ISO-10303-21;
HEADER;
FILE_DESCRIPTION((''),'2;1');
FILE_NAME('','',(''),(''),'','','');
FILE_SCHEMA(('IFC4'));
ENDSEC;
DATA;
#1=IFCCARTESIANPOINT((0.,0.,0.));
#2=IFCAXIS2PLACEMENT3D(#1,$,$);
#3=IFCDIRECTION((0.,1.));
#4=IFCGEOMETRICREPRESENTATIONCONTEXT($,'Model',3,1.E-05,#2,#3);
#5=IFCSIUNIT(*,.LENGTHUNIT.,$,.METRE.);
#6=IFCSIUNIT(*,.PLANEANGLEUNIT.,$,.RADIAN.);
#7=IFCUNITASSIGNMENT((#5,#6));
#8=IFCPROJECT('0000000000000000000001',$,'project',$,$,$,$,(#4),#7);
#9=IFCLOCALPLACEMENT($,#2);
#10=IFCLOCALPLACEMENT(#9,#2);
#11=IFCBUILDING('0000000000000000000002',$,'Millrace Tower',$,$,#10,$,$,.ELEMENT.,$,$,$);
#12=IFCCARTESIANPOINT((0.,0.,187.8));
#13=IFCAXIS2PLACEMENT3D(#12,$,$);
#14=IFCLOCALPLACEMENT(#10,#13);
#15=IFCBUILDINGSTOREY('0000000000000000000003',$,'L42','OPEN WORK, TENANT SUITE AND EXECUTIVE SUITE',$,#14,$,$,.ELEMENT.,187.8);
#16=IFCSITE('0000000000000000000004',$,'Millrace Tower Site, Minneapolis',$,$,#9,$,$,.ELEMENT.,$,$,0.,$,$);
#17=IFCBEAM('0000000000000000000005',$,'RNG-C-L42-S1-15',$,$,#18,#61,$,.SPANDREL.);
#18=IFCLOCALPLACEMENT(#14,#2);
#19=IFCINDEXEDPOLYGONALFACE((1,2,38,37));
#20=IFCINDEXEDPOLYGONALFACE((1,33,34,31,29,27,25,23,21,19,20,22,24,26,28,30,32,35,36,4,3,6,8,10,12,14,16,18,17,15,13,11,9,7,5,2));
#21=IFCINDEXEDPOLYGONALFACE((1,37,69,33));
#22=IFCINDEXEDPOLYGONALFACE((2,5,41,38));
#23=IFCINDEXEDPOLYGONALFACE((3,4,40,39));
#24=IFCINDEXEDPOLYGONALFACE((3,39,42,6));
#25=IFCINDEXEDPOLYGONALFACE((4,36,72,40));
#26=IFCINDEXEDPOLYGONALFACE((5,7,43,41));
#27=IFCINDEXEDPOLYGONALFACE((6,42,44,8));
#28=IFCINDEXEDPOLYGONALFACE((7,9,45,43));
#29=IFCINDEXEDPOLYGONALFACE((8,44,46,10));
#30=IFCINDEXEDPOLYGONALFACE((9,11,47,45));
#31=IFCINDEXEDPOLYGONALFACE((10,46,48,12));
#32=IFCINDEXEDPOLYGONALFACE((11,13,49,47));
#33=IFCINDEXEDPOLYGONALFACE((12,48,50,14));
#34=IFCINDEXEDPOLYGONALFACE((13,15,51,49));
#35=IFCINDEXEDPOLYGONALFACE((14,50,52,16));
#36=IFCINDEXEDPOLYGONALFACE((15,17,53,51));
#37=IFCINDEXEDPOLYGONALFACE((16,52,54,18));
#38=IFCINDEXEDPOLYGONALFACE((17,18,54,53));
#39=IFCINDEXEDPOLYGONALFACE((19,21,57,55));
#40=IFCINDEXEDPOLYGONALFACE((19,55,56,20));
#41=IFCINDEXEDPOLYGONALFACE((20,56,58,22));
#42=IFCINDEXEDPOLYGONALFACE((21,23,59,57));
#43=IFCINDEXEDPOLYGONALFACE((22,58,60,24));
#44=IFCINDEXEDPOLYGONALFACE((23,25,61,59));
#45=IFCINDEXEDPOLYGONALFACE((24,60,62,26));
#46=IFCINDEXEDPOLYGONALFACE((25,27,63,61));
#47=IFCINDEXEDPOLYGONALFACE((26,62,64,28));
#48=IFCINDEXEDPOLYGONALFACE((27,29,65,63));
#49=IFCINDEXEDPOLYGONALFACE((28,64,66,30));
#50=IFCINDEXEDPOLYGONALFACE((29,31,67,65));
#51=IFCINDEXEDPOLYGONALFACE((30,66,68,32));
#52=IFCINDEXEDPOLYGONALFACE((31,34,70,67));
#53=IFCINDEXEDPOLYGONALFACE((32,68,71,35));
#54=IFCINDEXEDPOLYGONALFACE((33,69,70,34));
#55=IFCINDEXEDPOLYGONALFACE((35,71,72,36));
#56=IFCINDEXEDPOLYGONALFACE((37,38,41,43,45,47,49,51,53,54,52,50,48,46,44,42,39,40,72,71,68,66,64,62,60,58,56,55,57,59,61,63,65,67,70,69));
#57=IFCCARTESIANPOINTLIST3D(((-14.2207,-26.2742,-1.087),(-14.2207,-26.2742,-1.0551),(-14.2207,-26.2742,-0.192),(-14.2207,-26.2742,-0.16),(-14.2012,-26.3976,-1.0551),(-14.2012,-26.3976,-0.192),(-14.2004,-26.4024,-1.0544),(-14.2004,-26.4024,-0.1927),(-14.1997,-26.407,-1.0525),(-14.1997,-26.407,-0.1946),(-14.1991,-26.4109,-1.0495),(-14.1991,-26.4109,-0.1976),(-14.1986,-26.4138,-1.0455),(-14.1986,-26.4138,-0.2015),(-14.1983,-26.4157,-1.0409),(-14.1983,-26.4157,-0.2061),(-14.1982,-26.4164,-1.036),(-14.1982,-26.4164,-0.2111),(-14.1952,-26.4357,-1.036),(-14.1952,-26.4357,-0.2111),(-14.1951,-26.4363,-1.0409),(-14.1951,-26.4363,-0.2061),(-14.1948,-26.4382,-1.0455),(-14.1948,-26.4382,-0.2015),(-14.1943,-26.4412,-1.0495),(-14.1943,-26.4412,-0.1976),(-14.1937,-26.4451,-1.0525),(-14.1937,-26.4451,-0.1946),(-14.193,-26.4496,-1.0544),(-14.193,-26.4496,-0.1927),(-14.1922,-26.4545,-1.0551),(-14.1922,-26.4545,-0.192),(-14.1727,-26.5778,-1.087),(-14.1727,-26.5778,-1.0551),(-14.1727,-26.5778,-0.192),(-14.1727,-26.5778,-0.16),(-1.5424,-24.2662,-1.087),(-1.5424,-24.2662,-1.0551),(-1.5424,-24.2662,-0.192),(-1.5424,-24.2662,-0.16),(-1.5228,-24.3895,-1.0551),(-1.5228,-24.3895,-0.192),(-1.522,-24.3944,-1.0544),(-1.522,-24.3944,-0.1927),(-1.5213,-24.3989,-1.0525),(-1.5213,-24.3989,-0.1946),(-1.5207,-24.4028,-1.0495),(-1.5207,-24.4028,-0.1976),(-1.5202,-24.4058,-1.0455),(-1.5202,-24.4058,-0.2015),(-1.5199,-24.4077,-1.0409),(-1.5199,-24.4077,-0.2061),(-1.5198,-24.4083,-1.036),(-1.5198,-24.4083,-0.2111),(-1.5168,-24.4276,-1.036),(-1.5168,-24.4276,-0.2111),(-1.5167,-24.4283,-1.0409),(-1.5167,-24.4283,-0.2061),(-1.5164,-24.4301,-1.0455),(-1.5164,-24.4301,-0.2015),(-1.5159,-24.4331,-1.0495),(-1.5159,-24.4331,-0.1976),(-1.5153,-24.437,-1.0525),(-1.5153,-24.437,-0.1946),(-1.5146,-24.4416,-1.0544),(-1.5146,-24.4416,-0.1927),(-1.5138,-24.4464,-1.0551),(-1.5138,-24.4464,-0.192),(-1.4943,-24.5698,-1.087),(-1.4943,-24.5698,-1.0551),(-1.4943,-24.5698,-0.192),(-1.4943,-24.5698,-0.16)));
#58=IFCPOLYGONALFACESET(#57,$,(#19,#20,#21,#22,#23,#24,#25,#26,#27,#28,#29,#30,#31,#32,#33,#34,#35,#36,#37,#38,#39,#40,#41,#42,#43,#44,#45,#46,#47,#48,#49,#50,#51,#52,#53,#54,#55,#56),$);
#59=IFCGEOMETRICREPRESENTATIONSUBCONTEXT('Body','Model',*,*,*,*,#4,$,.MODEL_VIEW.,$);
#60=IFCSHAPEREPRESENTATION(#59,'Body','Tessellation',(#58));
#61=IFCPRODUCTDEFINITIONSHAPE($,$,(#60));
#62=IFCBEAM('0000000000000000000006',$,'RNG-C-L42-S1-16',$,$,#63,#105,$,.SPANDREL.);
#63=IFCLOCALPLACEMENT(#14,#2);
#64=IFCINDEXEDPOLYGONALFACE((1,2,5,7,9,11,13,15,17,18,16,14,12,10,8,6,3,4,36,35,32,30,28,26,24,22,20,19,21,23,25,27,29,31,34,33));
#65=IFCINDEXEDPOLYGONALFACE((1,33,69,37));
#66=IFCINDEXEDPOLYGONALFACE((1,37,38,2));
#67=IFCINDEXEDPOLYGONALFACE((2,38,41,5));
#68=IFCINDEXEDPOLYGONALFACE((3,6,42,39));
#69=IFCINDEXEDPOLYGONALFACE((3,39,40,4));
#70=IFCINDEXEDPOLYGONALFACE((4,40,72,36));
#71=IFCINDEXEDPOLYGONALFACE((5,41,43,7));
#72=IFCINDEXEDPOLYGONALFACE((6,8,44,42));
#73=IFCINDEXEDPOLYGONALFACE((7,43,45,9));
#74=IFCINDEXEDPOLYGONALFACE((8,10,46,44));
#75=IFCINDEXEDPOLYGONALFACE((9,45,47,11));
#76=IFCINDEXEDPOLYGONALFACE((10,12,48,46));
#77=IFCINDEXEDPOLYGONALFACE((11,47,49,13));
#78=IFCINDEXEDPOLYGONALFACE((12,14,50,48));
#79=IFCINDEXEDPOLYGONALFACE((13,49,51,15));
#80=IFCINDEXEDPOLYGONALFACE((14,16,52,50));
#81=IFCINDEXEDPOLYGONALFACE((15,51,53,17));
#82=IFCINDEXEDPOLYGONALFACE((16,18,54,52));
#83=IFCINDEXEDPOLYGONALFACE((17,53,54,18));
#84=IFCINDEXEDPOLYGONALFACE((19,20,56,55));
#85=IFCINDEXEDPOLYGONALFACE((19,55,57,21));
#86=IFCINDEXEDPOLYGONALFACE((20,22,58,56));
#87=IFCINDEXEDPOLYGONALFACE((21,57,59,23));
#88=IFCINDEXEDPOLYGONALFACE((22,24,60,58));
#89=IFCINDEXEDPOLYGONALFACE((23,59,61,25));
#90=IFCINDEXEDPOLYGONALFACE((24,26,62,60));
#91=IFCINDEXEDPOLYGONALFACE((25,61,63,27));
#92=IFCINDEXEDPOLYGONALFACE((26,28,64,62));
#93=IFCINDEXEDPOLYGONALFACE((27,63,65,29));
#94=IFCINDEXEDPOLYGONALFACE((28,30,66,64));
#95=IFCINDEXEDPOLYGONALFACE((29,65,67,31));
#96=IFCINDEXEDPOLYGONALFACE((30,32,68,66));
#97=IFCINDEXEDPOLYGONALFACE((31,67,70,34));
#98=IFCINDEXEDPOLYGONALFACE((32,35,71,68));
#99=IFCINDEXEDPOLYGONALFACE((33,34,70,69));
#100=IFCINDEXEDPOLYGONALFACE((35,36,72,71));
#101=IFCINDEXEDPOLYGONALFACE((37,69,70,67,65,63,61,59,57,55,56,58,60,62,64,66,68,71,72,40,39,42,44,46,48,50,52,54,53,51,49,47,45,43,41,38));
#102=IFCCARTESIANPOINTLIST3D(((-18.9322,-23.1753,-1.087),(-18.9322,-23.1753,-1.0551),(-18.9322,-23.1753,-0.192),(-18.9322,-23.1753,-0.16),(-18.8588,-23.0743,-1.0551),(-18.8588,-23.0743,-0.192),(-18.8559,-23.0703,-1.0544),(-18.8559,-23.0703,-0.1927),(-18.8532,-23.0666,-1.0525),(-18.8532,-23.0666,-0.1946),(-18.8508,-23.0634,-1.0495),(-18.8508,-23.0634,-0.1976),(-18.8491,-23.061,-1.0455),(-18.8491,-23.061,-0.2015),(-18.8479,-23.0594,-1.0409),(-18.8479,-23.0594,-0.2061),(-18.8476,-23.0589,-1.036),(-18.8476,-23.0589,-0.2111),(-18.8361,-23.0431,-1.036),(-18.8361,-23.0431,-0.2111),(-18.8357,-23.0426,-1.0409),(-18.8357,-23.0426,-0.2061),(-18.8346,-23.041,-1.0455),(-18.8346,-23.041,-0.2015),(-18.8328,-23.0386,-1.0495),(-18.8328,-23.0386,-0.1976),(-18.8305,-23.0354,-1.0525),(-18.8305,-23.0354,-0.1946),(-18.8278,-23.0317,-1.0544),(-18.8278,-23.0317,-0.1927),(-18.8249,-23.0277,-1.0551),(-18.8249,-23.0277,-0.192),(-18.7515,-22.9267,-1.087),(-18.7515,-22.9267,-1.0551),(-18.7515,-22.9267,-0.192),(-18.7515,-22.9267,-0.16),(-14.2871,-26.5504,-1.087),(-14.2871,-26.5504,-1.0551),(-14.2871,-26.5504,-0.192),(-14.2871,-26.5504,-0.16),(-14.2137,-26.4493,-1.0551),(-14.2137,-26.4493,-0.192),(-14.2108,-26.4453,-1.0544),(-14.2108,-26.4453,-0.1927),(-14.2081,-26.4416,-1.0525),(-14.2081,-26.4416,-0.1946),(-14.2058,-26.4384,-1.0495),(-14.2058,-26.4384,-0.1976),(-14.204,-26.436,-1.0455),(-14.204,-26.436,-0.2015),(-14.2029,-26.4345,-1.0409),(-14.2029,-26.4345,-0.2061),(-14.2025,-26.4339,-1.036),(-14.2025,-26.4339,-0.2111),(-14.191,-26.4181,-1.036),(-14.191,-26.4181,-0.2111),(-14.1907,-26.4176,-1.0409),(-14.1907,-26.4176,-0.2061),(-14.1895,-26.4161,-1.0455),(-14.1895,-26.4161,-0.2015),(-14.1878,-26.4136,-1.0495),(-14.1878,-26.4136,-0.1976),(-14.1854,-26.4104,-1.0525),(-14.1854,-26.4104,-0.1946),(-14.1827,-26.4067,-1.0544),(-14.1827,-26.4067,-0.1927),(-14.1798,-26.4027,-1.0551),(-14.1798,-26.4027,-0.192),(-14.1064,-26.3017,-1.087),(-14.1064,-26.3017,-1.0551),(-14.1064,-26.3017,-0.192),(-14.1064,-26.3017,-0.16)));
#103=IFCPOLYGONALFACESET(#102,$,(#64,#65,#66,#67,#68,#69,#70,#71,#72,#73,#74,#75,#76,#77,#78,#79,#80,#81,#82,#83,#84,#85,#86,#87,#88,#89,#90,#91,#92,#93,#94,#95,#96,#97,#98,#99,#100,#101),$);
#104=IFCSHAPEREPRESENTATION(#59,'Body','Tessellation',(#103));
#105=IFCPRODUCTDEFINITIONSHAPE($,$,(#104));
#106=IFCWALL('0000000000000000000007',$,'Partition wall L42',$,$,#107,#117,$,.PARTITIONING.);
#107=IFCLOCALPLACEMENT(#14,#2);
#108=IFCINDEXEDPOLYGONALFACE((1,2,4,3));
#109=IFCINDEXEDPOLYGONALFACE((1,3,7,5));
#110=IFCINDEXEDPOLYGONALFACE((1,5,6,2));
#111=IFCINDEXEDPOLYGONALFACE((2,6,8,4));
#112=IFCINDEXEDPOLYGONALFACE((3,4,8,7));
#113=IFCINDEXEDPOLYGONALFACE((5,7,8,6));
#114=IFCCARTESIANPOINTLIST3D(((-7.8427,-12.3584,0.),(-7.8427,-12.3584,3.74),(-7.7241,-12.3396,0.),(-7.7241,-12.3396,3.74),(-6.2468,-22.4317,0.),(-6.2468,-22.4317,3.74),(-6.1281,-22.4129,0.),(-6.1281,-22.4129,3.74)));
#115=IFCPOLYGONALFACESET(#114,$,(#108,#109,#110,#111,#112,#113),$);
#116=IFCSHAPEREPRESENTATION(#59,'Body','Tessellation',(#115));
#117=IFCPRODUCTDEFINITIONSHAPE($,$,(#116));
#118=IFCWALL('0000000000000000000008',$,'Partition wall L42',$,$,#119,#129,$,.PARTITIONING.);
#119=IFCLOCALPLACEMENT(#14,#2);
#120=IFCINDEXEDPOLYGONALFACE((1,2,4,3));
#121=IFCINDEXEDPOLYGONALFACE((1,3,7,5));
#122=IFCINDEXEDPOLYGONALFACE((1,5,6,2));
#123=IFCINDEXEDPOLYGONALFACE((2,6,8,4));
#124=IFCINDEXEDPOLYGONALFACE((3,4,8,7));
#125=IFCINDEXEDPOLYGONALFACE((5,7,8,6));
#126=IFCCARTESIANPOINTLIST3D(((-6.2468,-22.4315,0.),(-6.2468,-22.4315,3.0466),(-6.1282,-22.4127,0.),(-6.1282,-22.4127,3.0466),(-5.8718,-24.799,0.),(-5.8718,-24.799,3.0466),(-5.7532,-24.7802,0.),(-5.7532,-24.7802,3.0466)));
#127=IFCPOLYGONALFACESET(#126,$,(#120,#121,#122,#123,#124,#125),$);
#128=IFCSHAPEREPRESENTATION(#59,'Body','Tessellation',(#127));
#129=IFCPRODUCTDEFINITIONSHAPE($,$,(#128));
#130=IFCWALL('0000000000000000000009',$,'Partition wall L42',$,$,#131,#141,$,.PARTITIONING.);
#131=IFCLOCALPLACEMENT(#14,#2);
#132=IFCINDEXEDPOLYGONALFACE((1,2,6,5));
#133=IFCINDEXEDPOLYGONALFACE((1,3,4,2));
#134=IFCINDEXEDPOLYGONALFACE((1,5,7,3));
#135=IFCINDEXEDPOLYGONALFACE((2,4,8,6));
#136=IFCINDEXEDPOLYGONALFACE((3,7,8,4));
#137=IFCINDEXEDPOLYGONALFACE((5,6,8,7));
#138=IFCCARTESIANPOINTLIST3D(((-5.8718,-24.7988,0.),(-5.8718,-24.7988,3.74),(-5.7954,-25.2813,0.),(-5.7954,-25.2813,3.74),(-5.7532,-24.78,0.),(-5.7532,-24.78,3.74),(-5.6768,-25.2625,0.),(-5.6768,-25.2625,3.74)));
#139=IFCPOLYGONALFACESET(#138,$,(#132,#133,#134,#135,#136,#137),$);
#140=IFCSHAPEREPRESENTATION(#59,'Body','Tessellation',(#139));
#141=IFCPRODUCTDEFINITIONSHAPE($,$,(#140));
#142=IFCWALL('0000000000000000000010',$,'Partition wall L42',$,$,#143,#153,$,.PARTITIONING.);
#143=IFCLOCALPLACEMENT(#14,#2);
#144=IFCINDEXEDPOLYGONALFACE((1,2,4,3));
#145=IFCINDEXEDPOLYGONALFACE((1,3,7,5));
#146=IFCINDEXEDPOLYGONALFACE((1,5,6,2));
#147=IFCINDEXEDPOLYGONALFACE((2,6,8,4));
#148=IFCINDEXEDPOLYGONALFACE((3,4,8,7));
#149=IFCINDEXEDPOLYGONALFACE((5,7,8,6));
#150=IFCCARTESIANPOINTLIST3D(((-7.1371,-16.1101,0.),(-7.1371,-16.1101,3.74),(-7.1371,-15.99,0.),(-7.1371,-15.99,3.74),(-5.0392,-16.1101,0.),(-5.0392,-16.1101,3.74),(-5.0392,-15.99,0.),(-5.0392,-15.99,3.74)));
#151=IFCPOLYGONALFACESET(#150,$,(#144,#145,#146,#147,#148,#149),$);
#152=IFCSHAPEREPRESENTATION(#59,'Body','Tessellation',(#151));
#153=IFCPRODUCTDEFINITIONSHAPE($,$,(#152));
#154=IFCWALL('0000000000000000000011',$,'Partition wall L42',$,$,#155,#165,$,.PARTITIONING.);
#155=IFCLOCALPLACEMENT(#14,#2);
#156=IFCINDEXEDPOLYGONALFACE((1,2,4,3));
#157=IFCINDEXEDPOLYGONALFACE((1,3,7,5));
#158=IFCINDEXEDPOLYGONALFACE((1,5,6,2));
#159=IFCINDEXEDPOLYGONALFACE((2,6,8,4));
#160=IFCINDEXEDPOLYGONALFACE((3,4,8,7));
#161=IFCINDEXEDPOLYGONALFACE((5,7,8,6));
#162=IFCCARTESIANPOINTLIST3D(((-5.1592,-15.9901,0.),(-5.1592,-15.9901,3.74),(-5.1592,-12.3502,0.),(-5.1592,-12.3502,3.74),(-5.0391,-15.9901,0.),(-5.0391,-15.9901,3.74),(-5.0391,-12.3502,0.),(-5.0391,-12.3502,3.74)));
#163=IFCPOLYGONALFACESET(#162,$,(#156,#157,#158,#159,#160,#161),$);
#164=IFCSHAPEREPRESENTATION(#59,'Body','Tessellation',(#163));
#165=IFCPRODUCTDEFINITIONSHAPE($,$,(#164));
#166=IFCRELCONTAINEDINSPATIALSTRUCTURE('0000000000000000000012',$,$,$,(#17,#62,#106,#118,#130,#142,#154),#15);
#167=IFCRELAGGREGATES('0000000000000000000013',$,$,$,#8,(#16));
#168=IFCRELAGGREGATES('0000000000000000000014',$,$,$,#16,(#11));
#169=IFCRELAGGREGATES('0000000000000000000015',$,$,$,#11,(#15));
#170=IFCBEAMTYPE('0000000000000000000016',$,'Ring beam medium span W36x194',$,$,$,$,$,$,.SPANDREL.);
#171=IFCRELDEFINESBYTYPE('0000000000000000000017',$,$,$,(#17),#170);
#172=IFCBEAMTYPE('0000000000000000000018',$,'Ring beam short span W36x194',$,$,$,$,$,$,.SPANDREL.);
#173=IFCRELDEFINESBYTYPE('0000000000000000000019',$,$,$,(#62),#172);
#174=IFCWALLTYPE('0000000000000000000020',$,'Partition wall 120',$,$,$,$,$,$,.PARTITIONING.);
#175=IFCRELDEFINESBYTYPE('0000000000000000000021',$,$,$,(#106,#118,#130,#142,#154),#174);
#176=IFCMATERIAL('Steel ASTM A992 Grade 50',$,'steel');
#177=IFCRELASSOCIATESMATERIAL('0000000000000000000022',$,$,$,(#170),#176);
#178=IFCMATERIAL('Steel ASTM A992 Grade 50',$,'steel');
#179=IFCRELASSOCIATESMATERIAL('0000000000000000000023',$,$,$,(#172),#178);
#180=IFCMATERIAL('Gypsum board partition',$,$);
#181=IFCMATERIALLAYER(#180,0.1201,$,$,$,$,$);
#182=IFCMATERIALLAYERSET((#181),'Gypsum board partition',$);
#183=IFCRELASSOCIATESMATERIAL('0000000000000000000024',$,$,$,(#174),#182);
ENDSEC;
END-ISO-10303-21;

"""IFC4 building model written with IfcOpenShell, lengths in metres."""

from ifc_helpers import new_model, si_unit, direction, frame, frame_2d, origin, origin_2d, place, context, subcontext, project, spatial, rectangle, i_section, extrude, material, layer, layer_set, material_profile, profile_set, type_object, element, save


model = new_model("IFC4")

# Units and contexts
model_context = context("Model", 3, precision=1e-05, world=origin(), true_north=direction((0.0, 1.0)))
body_context = subcontext(model_context, "Body", "Model", "MODEL_VIEW")
ifc_project = project(units=[si_unit("LENGTHUNIT", "METRE"), si_unit("PLANEANGLEUNIT", "RADIAN")], contexts=[model_context])

# Site, building, storey
site_placement = place(None, origin())
site = spatial("IfcSite", under=ifc_project, at=site_placement, Name="Millrace Tower Site, Minneapolis", CompositionType="ELEMENT", RefElevation=0.0)
building_placement = place(site_placement, origin())
building = spatial("IfcBuilding", under=site, at=building_placement, Name="Millrace Tower", CompositionType="ELEMENT")
storey_placement = place(building_placement, frame((0.0, 0.0, 187.8)))
storey = spatial("IfcBuildingStorey", under=building, at=storey_placement, Name="L42", Description="OPEN WORK, TENANT SUITE AND EXECUTIVE SUITE", CompositionType="ELEMENT", Elevation=187.8)

# Beams
ifc_material_1 = material(Name="Steel ASTM A992 Grade 50", Category="steel")
ifc_material_profile_1 = material_profile(ifc_material_1, i_section(OverallWidth=0.3074, OverallDepth=0.927, WebThickness=0.0195, FlangeThickness=0.032, FilletRadius=0.019, at=origin_2d()))
ifc_profile_set_1 = profile_set([ifc_material_profile_1], Name="Steel ASTM A992 Grade 50")
beam_type_1 = type_object("IfcBeamType", Name="Ring beam medium span W36x194", PredefinedType="SPANDREL", material=ifc_profile_set_1)
beam_1_placement = place(storey_placement, frame((-1.5183, -24.418, -0.6235), z_axis=(-0.987689, -0.156433, 0.0), x_axis=(0.156433, -0.987689, 0.0)))
element("IfcBeam", 1, at=beam_1_placement, inside=storey, type_object=beam_type_1, Name="RNG-C-L42-S1-15", PredefinedType="SPANDREL", context=body_context, shape_type="SweptSolid", body=[
    extrude(i_section(OverallWidth=0.3074, OverallDepth=0.927, WebThickness=0.0195, FlangeThickness=0.032, FilletRadius=0.019, at=origin_2d()), origin(), (0.0, 0.0, 1.0), 12.8364),
])
ifc_material_2 = material(Name="Steel ASTM A992 Grade 50", Category="steel")
ifc_material_profile_2 = material_profile(ifc_material_2, i_section(OverallWidth=0.3074, OverallDepth=0.927, WebThickness=0.0195, FlangeThickness=0.032, FilletRadius=0.019, at=origin_2d()))
ifc_profile_set_2 = profile_set([ifc_material_profile_2], Name="Steel ASTM A992 Grade 50")
beam_type_2 = type_object("IfcBeamType", Name="Ring beam short span W36x194", PredefinedType="SPANDREL", material=ifc_profile_set_2)
beam_2_placement = place(storey_placement, frame((-14.1968, -26.426, -0.6235), z_axis=(-0.809001, 0.587808, 0.0), x_axis=(-0.587808, -0.809001, 0.0)))
element("IfcBeam", 2, at=beam_2_placement, inside=storey, type_object=beam_type_2, Name="RNG-C-L42-S1-16", PredefinedType="SPANDREL", context=body_context, shape_type="SweptSolid", body=[
    extrude(i_section(OverallWidth=0.3074, OverallDepth=0.927, WebThickness=0.0195, FlangeThickness=0.032, FilletRadius=0.019, at=origin_2d()), origin(), (0.0, 0.0, 1.0), 5.7417),
])

# Walls
ifc_material_3 = material(Name="Gypsum board partition")
ifc_layer_1 = layer(ifc_material_3, 0.1201)
ifc_layer_set_1 = layer_set([ifc_layer_1], Name="Gypsum board partition")
wall_type = type_object("IfcWallType", Name="Partition wall 120", PredefinedType="PARTITIONING", material=ifc_layer_set_1)
wall_1_placement = place(storey_placement, frame((-7.7834, -12.3489, 0.0), z_axis=(0.0, 0.0, 1.0), x_axis=(0.156483, -0.987681, 0.0)))
element("IfcWall", 3, at=wall_1_placement, inside=storey, type_object=wall_type, Name="Partition wall L42", PredefinedType="PARTITIONING", context=body_context, shape_type="SweptSolid", body=[
    extrude(rectangle(XDim=10.199, YDim=0.1201, at=frame_2d((5.0996, 0.0))), origin(), (0.0, 0.0, 1.0), 3.74),
])
wall_2_placement = place(storey_placement, frame((-6.1875, -22.4221, 0.0), z_axis=(0.0, 0.0, 1.0), x_axis=(0.156449, -0.987686, 0.0)))
element("IfcWall", 4, at=wall_2_placement, inside=storey, type_object=wall_type, Name="Partition wall L42", PredefinedType="PARTITIONING", context=body_context, shape_type="SweptSolid", body=[
    extrude(rectangle(XDim=2.397, YDim=0.1201, at=frame_2d((1.1985, 0.0))), origin(), (0.0, 0.0, 1.0), 3.0466),
])
wall_3_placement = place(storey_placement, frame((-5.8125, -24.7896, 0.0), z_axis=(0.0, 0.0, 1.0), x_axis=(0.15645, -0.987686, 0.0)))
element("IfcWall", 5, at=wall_3_placement, inside=storey, type_object=wall_type, Name="Partition wall L42", PredefinedType="PARTITIONING", context=body_context, shape_type="SweptSolid", body=[
    extrude(rectangle(XDim=0.4885, YDim=0.1201, at=frame_2d((0.2441, 0.0))), origin(), (0.0, 0.0, 1.0), 3.74),
])
wall_4_placement = place(storey_placement, frame((-7.137, -16.05, 0.0), z_axis=(0.0, 0.0, 1.0), x_axis=(1.0, 0.0, 0.0)))
element("IfcWall", 6, at=wall_4_placement, inside=storey, type_object=wall_type, Name="Partition wall L42", PredefinedType="PARTITIONING", context=body_context, shape_type="SweptSolid", body=[
    extrude(rectangle(XDim=2.0979, YDim=0.1201, at=frame_2d((1.0488, 0.0))), origin(), (0.0, 0.0, 1.0), 3.74),
])
wall_5_placement = place(storey_placement, frame((-5.0991, -15.99, 0.0), z_axis=(0.0, 0.0, 1.0), x_axis=(0.0, 1.0, 0.0)))
element("IfcWall", 7, at=wall_5_placement, inside=storey, type_object=wall_type, Name="Partition wall L42", PredefinedType="PARTITIONING", context=body_context, shape_type="SweptSolid", body=[
    extrude(rectangle(XDim=3.6399, YDim=0.1201, at=frame_2d((1.8198, 0.0))), origin(), (0.0, 0.0, 1.0), 3.74),
])

save(model, "model.ifc")
